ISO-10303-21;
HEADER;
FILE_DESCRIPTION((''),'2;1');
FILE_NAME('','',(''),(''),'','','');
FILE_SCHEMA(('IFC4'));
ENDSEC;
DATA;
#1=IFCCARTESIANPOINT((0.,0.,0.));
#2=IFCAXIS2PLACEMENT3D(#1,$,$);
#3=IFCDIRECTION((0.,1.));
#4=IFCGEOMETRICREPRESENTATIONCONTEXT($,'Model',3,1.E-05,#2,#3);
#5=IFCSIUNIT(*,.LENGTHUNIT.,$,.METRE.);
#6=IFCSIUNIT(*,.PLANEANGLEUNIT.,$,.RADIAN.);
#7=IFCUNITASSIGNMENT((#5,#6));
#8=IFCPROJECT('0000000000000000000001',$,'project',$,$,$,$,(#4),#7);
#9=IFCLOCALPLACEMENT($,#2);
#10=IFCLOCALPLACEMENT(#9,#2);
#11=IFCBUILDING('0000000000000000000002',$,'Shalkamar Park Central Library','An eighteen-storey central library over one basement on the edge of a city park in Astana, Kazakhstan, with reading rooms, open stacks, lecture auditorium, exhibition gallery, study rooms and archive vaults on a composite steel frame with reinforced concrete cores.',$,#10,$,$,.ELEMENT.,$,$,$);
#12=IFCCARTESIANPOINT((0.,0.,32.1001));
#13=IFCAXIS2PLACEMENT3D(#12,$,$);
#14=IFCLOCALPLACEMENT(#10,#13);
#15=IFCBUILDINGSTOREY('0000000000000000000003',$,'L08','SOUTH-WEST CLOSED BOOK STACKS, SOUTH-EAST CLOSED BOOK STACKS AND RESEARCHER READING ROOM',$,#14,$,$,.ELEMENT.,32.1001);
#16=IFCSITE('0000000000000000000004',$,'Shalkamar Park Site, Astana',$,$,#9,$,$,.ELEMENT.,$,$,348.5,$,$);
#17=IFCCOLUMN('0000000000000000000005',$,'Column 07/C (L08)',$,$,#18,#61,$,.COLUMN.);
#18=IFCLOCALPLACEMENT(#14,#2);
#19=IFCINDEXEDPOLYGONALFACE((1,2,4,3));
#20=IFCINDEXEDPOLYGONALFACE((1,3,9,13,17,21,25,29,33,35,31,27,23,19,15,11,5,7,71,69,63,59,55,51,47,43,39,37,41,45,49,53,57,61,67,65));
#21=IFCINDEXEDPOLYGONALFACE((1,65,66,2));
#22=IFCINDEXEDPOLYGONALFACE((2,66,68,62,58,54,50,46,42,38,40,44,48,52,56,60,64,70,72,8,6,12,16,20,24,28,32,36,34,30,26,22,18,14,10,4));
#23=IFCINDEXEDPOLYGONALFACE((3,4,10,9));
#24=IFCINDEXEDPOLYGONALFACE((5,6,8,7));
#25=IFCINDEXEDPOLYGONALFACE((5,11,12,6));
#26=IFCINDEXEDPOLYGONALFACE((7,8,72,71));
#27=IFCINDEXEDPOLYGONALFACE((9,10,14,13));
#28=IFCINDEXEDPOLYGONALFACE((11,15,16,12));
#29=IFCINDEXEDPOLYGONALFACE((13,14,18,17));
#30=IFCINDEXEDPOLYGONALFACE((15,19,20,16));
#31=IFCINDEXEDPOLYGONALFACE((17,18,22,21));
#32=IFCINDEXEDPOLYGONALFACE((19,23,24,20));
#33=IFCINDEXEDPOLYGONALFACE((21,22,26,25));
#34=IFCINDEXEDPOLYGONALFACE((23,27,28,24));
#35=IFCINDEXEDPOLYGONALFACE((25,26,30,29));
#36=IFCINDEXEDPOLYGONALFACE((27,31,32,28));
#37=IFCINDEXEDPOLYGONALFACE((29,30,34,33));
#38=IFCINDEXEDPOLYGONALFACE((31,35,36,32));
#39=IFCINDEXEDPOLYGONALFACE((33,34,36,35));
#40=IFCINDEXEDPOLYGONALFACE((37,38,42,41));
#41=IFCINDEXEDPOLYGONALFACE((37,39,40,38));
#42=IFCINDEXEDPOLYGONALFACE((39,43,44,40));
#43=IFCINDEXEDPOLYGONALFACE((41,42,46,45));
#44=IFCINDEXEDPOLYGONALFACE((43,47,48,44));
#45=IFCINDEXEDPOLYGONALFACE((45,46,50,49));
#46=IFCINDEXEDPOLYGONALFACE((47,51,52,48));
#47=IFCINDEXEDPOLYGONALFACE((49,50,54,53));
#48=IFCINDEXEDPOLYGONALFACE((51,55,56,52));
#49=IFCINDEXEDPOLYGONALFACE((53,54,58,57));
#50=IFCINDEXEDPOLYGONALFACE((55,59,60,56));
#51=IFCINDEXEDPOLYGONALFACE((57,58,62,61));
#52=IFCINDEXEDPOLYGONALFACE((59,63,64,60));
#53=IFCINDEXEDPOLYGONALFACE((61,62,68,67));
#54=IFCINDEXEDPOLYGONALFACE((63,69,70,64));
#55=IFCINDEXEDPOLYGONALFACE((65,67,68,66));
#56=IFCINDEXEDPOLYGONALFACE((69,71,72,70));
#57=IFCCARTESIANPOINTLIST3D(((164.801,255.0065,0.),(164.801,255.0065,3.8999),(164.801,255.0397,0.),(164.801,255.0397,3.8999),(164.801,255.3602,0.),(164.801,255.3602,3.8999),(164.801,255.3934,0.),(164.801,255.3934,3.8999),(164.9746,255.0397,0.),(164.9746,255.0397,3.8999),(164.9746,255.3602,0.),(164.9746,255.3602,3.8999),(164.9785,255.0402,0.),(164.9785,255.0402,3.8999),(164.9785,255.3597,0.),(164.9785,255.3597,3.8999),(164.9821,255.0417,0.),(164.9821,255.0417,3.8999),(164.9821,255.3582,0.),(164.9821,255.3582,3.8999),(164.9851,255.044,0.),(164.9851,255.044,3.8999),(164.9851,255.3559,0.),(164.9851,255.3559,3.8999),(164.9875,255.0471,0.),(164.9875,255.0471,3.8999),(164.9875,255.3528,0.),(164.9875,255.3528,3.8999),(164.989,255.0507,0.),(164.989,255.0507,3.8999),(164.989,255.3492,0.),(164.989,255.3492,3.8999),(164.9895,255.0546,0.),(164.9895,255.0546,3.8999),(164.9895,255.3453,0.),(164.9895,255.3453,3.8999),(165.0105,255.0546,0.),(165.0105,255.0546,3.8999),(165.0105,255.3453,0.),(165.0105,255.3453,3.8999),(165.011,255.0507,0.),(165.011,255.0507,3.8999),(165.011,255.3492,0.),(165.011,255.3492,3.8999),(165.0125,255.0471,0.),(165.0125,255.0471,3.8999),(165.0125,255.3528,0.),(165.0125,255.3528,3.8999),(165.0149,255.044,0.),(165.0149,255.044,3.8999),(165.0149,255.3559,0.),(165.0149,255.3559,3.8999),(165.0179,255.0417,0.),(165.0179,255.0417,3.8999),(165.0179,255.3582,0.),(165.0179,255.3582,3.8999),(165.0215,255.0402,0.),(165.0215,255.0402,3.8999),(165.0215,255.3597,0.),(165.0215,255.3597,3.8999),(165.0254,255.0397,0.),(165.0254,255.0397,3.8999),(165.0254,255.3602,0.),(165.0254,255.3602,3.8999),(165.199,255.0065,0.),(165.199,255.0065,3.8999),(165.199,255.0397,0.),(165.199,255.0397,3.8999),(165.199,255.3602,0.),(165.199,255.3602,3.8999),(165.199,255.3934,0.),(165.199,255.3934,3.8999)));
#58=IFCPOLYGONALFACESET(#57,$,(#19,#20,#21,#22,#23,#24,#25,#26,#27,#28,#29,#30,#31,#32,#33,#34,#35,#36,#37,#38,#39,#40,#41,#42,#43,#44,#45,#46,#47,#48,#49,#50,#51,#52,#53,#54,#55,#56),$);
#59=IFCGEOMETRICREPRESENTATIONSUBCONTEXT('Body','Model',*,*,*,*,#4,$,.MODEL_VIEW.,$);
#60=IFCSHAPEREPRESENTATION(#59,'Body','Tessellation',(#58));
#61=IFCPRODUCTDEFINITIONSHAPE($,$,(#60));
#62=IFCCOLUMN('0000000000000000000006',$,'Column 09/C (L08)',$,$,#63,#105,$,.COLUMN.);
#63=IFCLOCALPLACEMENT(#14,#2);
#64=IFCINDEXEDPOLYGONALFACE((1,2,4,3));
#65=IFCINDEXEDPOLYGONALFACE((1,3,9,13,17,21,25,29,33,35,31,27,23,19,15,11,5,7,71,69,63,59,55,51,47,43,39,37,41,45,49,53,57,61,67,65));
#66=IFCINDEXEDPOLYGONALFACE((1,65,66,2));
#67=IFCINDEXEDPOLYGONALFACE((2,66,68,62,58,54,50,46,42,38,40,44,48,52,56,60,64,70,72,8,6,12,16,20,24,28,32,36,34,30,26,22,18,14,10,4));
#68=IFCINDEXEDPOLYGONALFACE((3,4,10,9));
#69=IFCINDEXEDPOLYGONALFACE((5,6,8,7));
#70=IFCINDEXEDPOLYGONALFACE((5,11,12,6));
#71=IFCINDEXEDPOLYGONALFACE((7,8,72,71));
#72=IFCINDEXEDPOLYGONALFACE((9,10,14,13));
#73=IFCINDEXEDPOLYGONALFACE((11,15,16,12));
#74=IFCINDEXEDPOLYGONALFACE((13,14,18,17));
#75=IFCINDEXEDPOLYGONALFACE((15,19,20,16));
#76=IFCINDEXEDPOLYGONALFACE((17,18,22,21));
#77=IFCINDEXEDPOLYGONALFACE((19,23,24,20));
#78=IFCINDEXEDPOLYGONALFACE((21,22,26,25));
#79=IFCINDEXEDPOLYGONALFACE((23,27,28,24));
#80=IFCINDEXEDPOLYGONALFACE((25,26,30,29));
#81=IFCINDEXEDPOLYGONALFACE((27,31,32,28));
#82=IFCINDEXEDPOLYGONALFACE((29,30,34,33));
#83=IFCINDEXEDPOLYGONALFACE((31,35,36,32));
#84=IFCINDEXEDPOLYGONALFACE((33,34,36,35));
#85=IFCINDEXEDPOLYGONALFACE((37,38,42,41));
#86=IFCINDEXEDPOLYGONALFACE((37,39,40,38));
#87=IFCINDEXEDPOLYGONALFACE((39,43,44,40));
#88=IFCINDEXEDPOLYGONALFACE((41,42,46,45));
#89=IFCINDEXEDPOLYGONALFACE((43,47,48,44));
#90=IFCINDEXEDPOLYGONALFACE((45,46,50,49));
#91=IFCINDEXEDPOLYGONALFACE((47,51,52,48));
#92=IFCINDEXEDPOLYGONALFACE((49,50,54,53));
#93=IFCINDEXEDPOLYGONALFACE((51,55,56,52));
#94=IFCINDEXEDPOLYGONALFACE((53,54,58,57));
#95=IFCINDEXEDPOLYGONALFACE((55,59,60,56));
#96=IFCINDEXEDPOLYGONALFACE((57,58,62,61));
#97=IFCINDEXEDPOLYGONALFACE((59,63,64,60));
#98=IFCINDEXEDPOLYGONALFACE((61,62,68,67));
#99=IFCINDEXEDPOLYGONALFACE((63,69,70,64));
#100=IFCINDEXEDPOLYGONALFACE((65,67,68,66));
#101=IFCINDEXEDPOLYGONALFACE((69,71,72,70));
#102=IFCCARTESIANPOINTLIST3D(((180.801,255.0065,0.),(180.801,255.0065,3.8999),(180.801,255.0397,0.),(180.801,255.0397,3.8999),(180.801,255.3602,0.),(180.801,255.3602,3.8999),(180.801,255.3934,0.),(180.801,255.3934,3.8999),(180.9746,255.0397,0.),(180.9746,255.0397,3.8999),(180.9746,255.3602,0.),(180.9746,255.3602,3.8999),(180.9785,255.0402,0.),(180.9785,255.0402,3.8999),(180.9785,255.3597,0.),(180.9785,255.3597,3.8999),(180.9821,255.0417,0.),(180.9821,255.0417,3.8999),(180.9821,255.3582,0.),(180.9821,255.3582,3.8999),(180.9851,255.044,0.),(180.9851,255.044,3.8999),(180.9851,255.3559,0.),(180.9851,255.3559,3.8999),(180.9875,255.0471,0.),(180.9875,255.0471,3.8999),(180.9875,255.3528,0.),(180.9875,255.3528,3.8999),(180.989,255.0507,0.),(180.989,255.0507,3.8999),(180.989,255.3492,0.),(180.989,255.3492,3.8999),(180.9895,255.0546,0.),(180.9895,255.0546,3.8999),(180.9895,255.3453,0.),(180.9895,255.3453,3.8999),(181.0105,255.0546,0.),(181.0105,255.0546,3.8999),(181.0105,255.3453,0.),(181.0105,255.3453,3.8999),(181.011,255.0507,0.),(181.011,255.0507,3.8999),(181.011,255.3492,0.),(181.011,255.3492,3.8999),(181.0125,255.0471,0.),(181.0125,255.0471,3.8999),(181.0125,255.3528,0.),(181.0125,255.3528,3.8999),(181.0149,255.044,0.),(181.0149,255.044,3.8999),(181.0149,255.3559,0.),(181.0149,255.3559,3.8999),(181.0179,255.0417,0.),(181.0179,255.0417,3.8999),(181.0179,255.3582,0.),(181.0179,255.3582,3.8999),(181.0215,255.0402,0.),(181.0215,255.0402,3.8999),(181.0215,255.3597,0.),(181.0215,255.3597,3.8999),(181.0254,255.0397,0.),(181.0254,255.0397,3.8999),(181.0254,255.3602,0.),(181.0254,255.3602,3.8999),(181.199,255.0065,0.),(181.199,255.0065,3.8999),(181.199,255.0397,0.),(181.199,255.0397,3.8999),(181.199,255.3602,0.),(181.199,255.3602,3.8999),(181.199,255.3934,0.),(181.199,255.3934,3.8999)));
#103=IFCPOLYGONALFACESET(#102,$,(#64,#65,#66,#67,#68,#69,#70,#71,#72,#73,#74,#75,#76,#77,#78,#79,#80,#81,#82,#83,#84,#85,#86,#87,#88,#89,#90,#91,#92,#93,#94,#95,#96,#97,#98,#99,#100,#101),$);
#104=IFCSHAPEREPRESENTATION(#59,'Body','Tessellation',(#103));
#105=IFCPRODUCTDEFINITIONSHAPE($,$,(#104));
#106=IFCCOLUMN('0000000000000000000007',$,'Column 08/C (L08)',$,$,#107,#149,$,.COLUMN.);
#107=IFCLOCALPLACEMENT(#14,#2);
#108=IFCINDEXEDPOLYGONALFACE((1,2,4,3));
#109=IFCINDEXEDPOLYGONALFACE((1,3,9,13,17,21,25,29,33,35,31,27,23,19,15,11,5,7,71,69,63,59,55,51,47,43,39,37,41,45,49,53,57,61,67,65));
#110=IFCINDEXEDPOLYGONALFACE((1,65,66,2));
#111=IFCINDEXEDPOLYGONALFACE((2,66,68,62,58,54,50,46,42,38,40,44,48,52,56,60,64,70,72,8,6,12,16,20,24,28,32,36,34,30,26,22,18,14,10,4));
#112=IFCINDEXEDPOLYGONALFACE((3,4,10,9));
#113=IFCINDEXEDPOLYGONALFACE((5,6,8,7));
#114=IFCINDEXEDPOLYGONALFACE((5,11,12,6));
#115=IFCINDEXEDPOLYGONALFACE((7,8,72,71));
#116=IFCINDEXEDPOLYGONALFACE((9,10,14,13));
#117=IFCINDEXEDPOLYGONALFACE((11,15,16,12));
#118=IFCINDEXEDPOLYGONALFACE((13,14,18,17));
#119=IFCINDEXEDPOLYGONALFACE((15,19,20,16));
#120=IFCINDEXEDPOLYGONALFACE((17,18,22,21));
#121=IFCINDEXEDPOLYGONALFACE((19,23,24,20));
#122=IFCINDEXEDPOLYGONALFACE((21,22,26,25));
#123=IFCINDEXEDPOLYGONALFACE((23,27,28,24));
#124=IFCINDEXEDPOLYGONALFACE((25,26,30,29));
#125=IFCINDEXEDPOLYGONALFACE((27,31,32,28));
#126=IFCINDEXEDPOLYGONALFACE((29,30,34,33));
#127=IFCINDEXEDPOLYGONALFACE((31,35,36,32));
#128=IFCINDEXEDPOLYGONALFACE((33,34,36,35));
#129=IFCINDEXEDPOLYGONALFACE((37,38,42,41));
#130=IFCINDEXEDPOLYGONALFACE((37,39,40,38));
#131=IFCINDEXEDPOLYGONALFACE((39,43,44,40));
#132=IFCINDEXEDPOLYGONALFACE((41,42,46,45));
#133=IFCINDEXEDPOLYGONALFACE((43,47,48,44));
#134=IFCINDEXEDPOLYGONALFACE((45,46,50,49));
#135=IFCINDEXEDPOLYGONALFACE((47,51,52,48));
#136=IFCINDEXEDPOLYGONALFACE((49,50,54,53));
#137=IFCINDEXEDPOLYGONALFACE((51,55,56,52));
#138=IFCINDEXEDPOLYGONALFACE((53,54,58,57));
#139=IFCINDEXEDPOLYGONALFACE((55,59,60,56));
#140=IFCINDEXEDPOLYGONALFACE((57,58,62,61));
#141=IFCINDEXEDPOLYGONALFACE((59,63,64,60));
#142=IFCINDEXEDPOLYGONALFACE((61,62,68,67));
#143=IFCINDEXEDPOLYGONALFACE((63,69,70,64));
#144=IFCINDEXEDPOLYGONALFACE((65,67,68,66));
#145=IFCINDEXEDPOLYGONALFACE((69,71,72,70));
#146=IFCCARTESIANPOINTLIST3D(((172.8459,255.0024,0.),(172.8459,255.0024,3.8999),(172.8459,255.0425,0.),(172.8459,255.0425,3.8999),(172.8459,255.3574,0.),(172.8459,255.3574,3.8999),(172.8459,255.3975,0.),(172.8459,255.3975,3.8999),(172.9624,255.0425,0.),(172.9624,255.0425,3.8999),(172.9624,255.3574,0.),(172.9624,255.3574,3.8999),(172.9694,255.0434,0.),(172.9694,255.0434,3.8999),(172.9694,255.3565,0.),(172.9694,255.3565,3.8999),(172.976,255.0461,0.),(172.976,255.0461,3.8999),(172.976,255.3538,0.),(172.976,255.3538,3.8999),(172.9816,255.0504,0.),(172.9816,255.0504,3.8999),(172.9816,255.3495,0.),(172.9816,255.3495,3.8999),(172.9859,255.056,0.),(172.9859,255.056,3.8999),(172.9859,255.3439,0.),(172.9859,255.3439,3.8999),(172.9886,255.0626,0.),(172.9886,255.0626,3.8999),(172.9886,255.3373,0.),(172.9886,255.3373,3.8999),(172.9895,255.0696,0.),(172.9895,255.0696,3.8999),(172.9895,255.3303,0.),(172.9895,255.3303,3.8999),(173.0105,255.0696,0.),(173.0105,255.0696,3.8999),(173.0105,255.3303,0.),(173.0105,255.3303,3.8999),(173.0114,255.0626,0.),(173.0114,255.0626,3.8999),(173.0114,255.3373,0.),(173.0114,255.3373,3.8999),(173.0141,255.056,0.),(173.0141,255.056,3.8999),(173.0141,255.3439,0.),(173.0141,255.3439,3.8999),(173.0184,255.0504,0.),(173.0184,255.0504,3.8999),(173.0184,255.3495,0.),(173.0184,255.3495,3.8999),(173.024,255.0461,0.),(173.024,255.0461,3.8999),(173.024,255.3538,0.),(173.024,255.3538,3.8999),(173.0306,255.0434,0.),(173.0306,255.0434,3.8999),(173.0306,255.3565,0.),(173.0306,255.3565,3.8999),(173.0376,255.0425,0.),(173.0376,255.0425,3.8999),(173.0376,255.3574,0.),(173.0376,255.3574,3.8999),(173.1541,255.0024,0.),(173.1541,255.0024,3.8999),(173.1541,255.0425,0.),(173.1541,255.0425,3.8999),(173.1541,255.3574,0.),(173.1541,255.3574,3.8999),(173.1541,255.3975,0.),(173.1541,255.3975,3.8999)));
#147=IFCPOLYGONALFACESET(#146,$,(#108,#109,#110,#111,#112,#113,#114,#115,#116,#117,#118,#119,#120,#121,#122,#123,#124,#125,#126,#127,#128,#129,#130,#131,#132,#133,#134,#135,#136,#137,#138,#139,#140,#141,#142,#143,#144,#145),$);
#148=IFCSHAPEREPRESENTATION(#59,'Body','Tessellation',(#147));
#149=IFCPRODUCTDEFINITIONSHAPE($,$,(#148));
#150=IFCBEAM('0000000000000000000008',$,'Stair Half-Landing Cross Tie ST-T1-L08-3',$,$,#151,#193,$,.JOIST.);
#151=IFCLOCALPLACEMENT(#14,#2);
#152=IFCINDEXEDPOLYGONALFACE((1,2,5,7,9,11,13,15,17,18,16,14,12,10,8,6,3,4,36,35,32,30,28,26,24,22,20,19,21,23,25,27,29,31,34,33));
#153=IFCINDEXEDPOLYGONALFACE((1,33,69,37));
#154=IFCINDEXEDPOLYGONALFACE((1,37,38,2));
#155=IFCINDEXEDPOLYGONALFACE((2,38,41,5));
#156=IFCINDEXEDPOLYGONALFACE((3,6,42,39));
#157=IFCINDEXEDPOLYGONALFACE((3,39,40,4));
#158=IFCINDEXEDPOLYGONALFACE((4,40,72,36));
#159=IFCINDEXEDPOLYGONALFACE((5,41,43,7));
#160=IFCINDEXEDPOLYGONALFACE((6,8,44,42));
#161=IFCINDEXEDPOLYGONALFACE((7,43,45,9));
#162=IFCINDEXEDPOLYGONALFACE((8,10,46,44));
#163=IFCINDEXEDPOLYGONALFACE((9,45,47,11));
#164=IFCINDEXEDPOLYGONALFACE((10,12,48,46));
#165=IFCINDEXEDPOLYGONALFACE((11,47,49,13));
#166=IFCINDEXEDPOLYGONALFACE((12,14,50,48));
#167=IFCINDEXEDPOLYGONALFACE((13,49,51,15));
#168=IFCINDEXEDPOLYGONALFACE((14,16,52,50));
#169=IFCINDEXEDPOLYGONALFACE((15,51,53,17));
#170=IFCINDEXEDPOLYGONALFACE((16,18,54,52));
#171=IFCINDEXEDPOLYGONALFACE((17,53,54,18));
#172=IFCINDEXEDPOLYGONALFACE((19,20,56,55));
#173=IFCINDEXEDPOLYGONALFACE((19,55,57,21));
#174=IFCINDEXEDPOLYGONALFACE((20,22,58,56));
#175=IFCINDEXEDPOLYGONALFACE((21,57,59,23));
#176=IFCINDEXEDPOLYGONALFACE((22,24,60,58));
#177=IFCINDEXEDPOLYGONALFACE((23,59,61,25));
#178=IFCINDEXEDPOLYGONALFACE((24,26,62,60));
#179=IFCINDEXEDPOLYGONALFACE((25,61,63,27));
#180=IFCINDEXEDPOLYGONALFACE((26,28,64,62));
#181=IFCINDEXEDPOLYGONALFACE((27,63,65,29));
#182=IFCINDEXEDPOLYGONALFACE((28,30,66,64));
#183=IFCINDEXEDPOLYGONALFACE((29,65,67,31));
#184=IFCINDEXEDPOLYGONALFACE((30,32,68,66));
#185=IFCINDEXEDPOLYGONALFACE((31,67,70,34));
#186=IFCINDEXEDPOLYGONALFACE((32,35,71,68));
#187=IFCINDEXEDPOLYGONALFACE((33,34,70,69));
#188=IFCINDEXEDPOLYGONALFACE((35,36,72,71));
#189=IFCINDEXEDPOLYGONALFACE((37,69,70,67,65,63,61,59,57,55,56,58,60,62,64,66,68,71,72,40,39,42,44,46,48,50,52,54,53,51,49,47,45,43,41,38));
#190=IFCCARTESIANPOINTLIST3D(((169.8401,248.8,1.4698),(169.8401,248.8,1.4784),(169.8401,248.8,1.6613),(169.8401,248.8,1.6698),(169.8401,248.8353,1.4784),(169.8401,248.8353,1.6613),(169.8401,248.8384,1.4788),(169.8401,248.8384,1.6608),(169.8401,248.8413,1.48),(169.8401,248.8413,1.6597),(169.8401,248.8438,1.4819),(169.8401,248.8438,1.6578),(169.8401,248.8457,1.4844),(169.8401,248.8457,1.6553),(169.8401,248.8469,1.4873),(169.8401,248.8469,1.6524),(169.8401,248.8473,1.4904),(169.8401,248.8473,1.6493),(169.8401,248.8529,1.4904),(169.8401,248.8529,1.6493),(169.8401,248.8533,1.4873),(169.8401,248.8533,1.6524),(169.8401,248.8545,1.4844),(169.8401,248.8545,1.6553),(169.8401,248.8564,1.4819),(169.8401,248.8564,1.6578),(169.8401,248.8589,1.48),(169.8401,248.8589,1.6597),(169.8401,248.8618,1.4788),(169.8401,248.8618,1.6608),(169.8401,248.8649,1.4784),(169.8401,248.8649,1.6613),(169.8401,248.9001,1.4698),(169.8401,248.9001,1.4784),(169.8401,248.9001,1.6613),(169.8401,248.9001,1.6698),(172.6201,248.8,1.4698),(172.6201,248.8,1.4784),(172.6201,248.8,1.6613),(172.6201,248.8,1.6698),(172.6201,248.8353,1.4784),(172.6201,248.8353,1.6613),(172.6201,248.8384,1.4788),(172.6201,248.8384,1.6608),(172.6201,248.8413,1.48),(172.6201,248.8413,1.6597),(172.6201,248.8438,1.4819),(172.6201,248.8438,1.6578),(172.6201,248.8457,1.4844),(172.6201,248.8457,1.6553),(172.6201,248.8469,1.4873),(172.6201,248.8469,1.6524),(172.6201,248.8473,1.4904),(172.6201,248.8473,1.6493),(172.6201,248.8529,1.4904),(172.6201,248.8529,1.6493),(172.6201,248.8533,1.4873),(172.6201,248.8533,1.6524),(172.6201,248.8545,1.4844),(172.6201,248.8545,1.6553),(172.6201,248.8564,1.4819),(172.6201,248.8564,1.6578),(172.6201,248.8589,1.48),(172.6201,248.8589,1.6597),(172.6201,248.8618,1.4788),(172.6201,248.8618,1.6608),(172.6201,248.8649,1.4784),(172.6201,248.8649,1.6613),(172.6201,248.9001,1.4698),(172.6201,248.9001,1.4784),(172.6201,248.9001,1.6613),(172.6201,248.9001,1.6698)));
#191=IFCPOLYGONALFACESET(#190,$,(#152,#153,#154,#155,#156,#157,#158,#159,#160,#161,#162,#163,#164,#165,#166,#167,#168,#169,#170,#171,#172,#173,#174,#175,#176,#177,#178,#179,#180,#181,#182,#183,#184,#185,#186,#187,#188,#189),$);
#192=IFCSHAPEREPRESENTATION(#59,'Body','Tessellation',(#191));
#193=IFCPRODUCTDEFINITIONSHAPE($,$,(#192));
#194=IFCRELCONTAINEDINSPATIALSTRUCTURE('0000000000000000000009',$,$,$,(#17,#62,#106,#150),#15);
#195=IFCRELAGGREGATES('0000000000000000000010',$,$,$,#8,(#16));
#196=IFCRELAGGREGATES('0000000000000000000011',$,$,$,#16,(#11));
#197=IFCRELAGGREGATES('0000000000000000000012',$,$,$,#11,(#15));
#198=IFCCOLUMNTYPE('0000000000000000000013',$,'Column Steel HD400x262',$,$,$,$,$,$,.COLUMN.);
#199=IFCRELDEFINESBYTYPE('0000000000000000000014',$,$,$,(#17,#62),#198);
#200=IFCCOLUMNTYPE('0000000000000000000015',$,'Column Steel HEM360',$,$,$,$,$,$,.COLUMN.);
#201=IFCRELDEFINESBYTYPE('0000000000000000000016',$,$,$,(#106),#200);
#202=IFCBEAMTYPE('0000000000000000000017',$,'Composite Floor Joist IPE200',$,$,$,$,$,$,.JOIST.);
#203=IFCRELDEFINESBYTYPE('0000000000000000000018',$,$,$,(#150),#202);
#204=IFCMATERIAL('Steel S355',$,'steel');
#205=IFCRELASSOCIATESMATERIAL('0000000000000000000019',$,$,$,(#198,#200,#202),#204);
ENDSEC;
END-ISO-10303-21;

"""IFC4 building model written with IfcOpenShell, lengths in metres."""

from ifc_helpers import new_model, si_unit, direction, frame, origin, origin_2d, place, context, subcontext, project, spatial, i_section, extrude, material, material_profile, profile_set, type_object, element, save


model = new_model("IFC4")

# Units and contexts
model_context = context("Model", 3, precision=1e-05, world=origin(), true_north=direction((0.0, 1.0)))
body_context = subcontext(model_context, "Body", "Model", "MODEL_VIEW")
ifc_project = project(units=[si_unit("LENGTHUNIT", "METRE"), si_unit("PLANEANGLEUNIT", "RADIAN")], contexts=[model_context])

# Site, building, storey
site_placement = place(None, origin())
site = spatial("IfcSite", under=ifc_project, at=site_placement, Name="Shalkamar Park Site, Astana", CompositionType="ELEMENT", RefElevation=348.5)
building_placement = place(site_placement, origin())
building = spatial("IfcBuilding", under=site, at=building_placement, Name="Shalkamar Park Central Library", Description="An eighteen-storey central library over one basement on the edge of a city park in Astana, Kazakhstan, with reading rooms, open stacks, lecture auditorium, exhibition gallery, study rooms and archive vaults on a composite steel frame with reinforced concrete cores.", CompositionType="ELEMENT")
storey_placement = place(building_placement, frame((0.0, 0.0, 32.1001)))
storey = spatial("IfcBuildingStorey", under=building, at=storey_placement, Name="L08", Description="SOUTH-WEST CLOSED BOOK STACKS, SOUTH-EAST CLOSED BOOK STACKS AND RESEARCHER READING ROOM", CompositionType="ELEMENT", Elevation=32.1001)

# Columns
ifc_material_1 = material(Name="Steel S355", Category="steel")
ifc_material_profile_1 = material_profile(ifc_material_1, i_section(OverallWidth=0.3979, OverallDepth=0.387, WebThickness=0.021, FlangeThickness=0.0332, FilletRadius=0.0149, at=origin_2d()), Name="HD 400x262")
ifc_profile_set_1 = profile_set([ifc_material_profile_1], Name="Steel S355")
column_type_1 = type_object("IfcColumnType", Name="Column Steel HD400x262", PredefinedType="COLUMN", material=ifc_profile_set_1)
for number, where, z_axis, x_axis, name in (
    (1, (165.0, 255.2, 0.0), (0.0, 0.0, 1.0), (1.0, 0.0, 0.0), "Column 07/C (L08)"),
    (2, (181.0, 255.2, 0.0), (0.0, 0.0, 1.0), (1.0, 0.0, 0.0), "Column 09/C (L08)"),
):
    element("IfcColumn", number, at=place(storey_placement, frame(where, z_axis=z_axis, x_axis=x_axis)), inside=storey, type_object=column_type_1, Name=name, PredefinedType="COLUMN", context=body_context, shape_type="SweptSolid", body=[
        extrude(i_section(OverallWidth=0.3979, OverallDepth=0.387, WebThickness=0.021, FlangeThickness=0.0332, FilletRadius=0.0149, at=origin_2d()), origin(), (0.0, 0.0, 1.0), 3.8999),
    ])
ifc_material_profile_2 = material_profile(ifc_material_1, i_section(OverallWidth=0.3081, OverallDepth=0.395, WebThickness=0.021, FlangeThickness=0.04, FilletRadius=0.0271, at=origin_2d()), Name="HEM 360")
ifc_profile_set_2 = profile_set([ifc_material_profile_2], Name="Steel S355")
column_type_2 = type_object("IfcColumnType", Name="Column Steel HEM360", PredefinedType="COLUMN", material=ifc_profile_set_2)
column_placement = place(storey_placement, frame((173.0, 255.2, 0.0), z_axis=(0.0, 0.0, 1.0), x_axis=(1.0, 0.0, 0.0)))
element("IfcColumn", 3, at=column_placement, inside=storey, type_object=column_type_2, Name="Column 08/C (L08)", PredefinedType="COLUMN", context=body_context, shape_type="SweptSolid", body=[
    extrude(i_section(OverallWidth=0.3081, OverallDepth=0.395, WebThickness=0.021, FlangeThickness=0.04, FilletRadius=0.0271, at=origin_2d()), origin(), (0.0, 0.0, 1.0), 3.8999),
])

# Beam
ifc_material_profile_3 = material_profile(ifc_material_1, i_section(OverallWidth=0.1001, OverallDepth=0.2, WebThickness=0.0056, FlangeThickness=0.0085, FilletRadius=0.012, at=origin_2d()), Name="IPE 200")
ifc_profile_set_3 = profile_set([ifc_material_profile_3], Name="Steel S355")
beam_type_1 = type_object("IfcBeamType", Name="Composite Floor Joist IPE200", PredefinedType="JOIST", material=ifc_profile_set_3)
beam_1_placement = place(storey_placement, frame((169.8401, 248.8501, 1.5698), z_axis=(1.0, 0.0, 0.0), x_axis=(0.0, 1.0, 0.0)))
element("IfcBeam", 4, at=beam_1_placement, inside=storey, type_object=beam_type_1, Name="Stair Half-Landing Cross Tie ST-T1-L08-3", PredefinedType="JOIST", context=body_context, shape_type="SweptSolid", body=[
    extrude(i_section(OverallWidth=0.1001, OverallDepth=0.2, WebThickness=0.0056, FlangeThickness=0.0085, FilletRadius=0.012, at=origin_2d()), origin(), (0.0, 0.0, 1.0), 2.78),
])

save(model, "model.ifc")
